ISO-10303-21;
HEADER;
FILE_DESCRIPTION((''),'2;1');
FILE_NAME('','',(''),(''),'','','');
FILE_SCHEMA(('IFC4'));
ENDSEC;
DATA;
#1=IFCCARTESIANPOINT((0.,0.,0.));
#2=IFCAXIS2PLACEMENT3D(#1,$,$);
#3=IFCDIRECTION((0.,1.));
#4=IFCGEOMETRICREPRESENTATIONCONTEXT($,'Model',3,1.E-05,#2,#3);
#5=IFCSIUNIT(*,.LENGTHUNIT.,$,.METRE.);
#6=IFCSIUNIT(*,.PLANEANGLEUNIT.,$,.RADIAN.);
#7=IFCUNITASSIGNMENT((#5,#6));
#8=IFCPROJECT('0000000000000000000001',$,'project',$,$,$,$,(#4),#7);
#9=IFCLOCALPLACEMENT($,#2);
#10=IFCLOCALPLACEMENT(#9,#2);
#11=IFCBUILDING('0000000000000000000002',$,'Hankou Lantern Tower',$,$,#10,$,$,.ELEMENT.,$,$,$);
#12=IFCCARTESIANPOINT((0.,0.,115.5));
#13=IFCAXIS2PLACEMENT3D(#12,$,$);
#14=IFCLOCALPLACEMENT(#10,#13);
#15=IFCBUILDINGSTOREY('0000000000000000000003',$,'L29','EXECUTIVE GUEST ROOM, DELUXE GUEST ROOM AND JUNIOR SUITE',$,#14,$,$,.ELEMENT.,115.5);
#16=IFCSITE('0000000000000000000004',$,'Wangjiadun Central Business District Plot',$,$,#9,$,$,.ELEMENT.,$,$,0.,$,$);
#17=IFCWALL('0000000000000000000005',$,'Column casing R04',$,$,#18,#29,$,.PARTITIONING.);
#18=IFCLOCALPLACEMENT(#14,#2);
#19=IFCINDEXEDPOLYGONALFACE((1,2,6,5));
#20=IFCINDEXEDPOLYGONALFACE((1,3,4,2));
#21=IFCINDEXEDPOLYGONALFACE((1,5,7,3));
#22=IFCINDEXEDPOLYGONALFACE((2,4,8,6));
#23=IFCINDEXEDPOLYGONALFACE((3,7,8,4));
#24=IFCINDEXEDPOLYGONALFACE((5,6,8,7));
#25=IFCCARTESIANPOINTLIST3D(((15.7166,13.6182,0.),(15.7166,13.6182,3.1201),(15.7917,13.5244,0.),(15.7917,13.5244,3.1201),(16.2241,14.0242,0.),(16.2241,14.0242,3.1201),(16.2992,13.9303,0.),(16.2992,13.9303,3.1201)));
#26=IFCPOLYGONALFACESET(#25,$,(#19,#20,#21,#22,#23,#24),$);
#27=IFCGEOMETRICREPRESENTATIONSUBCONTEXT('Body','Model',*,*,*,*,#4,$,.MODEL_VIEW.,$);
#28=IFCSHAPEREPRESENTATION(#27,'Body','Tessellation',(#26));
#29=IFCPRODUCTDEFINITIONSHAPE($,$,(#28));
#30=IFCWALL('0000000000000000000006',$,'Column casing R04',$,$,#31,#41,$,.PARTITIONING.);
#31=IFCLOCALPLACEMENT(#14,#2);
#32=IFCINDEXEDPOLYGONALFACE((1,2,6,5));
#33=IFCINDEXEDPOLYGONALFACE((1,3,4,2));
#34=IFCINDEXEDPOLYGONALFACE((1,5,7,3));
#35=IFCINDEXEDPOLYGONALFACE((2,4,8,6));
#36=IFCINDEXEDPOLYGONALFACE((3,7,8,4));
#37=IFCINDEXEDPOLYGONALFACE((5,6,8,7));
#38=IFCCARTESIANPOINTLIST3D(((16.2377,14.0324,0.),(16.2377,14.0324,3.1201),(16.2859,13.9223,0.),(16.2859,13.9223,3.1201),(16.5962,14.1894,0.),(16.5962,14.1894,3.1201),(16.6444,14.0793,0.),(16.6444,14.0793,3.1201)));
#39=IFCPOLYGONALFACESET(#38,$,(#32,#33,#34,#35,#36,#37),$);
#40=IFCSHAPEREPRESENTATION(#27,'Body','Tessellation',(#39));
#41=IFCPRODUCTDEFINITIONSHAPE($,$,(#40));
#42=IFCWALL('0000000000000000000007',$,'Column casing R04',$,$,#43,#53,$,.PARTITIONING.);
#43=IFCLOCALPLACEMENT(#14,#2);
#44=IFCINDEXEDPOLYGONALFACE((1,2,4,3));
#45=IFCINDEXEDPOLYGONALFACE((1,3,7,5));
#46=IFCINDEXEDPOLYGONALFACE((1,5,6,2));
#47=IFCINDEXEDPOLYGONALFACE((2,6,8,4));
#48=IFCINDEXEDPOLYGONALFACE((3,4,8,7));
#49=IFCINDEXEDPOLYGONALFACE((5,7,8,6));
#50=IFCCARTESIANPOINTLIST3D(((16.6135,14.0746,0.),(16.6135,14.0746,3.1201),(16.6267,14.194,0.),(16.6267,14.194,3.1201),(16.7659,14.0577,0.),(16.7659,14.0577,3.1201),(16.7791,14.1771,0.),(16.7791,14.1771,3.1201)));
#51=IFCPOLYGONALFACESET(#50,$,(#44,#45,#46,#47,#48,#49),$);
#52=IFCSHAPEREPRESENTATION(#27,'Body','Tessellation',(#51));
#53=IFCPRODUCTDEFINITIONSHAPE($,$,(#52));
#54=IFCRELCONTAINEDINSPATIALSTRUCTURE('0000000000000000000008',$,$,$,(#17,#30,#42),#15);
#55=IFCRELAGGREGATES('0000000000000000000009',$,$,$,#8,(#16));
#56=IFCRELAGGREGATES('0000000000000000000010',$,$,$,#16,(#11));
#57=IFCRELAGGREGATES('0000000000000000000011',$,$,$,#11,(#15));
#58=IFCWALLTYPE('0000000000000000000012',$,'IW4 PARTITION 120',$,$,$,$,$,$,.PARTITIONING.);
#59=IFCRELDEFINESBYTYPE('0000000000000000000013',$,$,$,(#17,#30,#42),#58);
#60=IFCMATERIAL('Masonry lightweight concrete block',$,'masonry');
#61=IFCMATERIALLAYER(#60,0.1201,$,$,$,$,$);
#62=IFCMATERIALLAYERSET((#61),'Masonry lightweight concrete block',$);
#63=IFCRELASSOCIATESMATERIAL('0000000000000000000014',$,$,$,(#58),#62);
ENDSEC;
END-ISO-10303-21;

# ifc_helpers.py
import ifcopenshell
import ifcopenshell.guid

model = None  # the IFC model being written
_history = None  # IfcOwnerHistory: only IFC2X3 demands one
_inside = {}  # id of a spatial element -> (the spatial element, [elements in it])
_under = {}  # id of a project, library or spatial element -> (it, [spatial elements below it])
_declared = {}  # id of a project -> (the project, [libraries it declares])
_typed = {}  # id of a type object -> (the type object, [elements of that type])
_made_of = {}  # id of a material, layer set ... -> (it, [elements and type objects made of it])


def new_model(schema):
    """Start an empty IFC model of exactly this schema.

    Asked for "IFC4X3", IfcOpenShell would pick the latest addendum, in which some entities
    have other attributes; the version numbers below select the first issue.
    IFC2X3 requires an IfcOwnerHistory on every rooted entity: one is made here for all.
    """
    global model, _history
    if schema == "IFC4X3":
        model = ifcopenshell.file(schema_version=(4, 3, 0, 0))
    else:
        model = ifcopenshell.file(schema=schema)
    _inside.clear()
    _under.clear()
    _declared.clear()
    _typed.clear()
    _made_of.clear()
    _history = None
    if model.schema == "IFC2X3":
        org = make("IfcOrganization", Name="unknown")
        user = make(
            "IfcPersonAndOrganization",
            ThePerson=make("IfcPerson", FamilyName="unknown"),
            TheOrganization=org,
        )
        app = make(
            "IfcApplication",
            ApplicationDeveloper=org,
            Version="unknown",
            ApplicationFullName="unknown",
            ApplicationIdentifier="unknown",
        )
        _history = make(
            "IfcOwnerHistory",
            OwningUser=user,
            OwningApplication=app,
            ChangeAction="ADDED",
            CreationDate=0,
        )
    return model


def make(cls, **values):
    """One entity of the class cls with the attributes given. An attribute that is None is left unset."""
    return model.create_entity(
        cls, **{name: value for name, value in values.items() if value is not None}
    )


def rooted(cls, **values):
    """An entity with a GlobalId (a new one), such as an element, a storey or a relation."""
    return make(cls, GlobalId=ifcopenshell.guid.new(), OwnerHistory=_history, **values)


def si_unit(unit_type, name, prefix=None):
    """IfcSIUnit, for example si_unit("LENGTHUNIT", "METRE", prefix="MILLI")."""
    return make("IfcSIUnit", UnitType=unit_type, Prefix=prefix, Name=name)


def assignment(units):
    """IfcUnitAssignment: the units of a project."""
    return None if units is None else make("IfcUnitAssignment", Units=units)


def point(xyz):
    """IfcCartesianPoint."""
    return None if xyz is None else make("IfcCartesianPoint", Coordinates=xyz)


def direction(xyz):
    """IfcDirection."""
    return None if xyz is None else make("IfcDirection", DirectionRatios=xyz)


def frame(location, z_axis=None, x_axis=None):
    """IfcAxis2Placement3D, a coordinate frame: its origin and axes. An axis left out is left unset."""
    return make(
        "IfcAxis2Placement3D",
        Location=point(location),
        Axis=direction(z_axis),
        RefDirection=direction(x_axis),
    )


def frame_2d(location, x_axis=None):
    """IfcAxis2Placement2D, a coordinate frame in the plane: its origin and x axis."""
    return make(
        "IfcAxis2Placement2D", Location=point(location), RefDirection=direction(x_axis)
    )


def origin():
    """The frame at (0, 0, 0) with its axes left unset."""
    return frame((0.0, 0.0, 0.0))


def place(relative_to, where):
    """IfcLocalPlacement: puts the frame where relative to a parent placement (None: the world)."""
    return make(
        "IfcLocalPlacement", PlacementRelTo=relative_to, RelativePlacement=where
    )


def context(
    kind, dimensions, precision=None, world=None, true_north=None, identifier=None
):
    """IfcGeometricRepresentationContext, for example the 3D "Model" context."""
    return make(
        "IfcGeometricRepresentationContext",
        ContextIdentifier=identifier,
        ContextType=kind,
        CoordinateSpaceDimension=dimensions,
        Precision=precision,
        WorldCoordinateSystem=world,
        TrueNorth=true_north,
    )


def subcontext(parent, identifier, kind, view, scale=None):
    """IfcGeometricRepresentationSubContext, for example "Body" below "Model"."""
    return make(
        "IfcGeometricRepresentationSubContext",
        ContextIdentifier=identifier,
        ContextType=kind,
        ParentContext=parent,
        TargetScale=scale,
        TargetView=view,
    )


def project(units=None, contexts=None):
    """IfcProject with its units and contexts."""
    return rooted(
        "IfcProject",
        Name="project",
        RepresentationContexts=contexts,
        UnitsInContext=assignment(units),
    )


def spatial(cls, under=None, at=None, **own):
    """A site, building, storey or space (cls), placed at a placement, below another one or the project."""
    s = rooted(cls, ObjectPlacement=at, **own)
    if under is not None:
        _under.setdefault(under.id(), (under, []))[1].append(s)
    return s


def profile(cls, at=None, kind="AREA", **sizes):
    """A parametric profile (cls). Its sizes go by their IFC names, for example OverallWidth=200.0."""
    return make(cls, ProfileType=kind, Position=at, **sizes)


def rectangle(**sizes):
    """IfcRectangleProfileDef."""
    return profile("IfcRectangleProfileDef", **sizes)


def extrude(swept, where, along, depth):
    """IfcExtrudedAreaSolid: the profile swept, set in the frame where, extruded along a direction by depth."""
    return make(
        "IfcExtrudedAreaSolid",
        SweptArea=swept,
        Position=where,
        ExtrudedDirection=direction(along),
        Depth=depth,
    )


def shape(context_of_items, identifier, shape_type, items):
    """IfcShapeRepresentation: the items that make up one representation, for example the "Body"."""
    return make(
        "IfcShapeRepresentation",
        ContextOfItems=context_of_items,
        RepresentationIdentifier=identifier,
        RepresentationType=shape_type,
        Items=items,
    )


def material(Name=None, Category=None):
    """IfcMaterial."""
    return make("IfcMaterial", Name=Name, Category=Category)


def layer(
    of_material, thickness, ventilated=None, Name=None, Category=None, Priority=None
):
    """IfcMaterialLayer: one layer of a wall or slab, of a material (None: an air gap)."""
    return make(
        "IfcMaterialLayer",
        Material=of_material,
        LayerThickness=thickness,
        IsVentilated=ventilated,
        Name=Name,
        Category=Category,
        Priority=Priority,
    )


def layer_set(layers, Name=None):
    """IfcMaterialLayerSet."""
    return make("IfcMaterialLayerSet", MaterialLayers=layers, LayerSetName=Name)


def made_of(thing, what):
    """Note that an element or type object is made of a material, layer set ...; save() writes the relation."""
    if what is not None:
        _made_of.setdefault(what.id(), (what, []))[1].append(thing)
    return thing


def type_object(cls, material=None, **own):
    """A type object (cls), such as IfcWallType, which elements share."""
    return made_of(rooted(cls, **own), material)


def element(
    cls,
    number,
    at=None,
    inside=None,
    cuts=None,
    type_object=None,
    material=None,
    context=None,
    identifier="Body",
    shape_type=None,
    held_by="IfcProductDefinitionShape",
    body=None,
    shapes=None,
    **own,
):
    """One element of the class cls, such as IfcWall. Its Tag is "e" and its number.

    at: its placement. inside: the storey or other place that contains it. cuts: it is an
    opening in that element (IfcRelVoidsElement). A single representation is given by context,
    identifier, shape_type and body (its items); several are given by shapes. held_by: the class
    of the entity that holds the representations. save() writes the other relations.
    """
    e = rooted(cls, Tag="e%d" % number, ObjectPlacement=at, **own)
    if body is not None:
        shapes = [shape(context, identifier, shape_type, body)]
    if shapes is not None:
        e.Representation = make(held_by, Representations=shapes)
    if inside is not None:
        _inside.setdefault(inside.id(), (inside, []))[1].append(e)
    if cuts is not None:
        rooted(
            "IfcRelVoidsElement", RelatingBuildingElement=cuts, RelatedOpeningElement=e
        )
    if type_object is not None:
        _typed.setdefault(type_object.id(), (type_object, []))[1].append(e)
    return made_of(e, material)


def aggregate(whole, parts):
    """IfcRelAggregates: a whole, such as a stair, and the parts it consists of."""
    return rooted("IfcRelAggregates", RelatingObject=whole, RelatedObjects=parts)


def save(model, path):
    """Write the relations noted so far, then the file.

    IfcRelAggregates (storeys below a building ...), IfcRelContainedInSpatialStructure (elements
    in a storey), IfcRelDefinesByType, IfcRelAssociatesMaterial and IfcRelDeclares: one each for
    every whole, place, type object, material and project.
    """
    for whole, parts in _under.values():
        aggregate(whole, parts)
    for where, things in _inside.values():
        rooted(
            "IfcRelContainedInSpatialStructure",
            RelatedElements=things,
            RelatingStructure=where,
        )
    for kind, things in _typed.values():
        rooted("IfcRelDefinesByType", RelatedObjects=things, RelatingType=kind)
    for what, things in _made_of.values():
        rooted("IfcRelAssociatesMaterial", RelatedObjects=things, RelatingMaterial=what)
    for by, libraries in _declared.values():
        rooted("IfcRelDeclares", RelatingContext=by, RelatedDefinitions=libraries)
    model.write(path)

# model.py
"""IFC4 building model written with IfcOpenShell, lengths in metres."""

from ifc_helpers import new_model, si_unit, direction, frame, frame_2d, origin, place, context, subcontext, project, spatial, rectangle, extrude, material, layer, layer_set, type_object, element, save


model = new_model("IFC4")

# Units and contexts
model_context = context("Model", 3, precision=1e-05, world=origin(), true_north=direction((0.0, 1.0)))
body_context = subcontext(model_context, "Body", "Model", "MODEL_VIEW")
ifc_project = project(units=[si_unit("LENGTHUNIT", "METRE"), si_unit("PLANEANGLEUNIT", "RADIAN")], contexts=[model_context])

# Site, building, storey
site_placement = place(None, origin())
site = spatial("IfcSite", under=ifc_project, at=site_placement, Name="Wangjiadun Central Business District Plot", CompositionType="ELEMENT", RefElevation=0.0)
building_placement = place(site_placement, origin())
building = spatial("IfcBuilding", under=site, at=building_placement, Name="Hankou Lantern Tower", CompositionType="ELEMENT")
storey_placement = place(building_placement, frame((0.0, 0.0, 115.5)))
storey = spatial("IfcBuildingStorey", under=building, at=storey_placement, Name="L29", Description="EXECUTIVE GUEST ROOM, DELUXE GUEST ROOM AND JUNIOR SUITE", CompositionType="ELEMENT", Elevation=115.5)

# Walls
ifc_material_1 = material(Name="Masonry lightweight concrete block", Category="masonry")
ifc_layer_1 = layer(ifc_material_1, 0.1201)
ifc_layer_set_1 = layer_set([ifc_layer_1], Name="Masonry lightweight concrete block")
wall_type_1 = type_object("IfcWallType", Name="IW4 PARTITION 120", PredefinedType="PARTITIONING", material=ifc_layer_set_1)
wall_1_placement = place(storey_placement, frame((15.7542, 13.5713, 0.0), z_axis=(0.0, 0.0, 1.0), x_axis=(0.780905, 0.624649, 0.0)))
element("IfcWall", 1, at=wall_1_placement, inside=storey, type_object=wall_type_1, Name="Column casing R04", PredefinedType="PARTITIONING", context=body_context, shape_type="SweptSolid", body=[
    extrude(rectangle(XDim=0.6499, YDim=0.1201, at=frame_2d((0.325, 0.0))), origin(), (0.0, 0.0, 1.0), 3.1201),
])
wall_2_placement = place(storey_placement, frame((16.2617, 13.9773, 0.0), z_axis=(0.0, 0.0, 1.0), x_axis=(0.915985, 0.401212, 0.0)))
element("IfcWall", 2, at=wall_2_placement, inside=storey, type_object=wall_type_1, Name="Column casing R04", PredefinedType="PARTITIONING", context=body_context, shape_type="SweptSolid", body=[
    extrude(rectangle(XDim=0.3914, YDim=0.1201, at=frame_2d((0.1958, 0.0))), origin(), (0.0, 0.0, 1.0), 3.1201),
])
wall_3_placement = place(storey_placement, frame((16.6201, 14.1343, 0.0), z_axis=(0.0, 0.0, 1.0), x_axis=(0.993942, -0.109907, 0.0)))
element("IfcWall", 3, at=wall_3_placement, inside=storey, type_object=wall_type_1, Name="Column casing R04", PredefinedType="PARTITIONING", context=body_context, shape_type="SweptSolid", body=[
    extrude(rectangle(XDim=0.1533, YDim=0.1201, at=frame_2d((0.0767, 0.0))), origin(), (0.0, 0.0, 1.0), 3.1201),
])

save(model, "model.ifc")
